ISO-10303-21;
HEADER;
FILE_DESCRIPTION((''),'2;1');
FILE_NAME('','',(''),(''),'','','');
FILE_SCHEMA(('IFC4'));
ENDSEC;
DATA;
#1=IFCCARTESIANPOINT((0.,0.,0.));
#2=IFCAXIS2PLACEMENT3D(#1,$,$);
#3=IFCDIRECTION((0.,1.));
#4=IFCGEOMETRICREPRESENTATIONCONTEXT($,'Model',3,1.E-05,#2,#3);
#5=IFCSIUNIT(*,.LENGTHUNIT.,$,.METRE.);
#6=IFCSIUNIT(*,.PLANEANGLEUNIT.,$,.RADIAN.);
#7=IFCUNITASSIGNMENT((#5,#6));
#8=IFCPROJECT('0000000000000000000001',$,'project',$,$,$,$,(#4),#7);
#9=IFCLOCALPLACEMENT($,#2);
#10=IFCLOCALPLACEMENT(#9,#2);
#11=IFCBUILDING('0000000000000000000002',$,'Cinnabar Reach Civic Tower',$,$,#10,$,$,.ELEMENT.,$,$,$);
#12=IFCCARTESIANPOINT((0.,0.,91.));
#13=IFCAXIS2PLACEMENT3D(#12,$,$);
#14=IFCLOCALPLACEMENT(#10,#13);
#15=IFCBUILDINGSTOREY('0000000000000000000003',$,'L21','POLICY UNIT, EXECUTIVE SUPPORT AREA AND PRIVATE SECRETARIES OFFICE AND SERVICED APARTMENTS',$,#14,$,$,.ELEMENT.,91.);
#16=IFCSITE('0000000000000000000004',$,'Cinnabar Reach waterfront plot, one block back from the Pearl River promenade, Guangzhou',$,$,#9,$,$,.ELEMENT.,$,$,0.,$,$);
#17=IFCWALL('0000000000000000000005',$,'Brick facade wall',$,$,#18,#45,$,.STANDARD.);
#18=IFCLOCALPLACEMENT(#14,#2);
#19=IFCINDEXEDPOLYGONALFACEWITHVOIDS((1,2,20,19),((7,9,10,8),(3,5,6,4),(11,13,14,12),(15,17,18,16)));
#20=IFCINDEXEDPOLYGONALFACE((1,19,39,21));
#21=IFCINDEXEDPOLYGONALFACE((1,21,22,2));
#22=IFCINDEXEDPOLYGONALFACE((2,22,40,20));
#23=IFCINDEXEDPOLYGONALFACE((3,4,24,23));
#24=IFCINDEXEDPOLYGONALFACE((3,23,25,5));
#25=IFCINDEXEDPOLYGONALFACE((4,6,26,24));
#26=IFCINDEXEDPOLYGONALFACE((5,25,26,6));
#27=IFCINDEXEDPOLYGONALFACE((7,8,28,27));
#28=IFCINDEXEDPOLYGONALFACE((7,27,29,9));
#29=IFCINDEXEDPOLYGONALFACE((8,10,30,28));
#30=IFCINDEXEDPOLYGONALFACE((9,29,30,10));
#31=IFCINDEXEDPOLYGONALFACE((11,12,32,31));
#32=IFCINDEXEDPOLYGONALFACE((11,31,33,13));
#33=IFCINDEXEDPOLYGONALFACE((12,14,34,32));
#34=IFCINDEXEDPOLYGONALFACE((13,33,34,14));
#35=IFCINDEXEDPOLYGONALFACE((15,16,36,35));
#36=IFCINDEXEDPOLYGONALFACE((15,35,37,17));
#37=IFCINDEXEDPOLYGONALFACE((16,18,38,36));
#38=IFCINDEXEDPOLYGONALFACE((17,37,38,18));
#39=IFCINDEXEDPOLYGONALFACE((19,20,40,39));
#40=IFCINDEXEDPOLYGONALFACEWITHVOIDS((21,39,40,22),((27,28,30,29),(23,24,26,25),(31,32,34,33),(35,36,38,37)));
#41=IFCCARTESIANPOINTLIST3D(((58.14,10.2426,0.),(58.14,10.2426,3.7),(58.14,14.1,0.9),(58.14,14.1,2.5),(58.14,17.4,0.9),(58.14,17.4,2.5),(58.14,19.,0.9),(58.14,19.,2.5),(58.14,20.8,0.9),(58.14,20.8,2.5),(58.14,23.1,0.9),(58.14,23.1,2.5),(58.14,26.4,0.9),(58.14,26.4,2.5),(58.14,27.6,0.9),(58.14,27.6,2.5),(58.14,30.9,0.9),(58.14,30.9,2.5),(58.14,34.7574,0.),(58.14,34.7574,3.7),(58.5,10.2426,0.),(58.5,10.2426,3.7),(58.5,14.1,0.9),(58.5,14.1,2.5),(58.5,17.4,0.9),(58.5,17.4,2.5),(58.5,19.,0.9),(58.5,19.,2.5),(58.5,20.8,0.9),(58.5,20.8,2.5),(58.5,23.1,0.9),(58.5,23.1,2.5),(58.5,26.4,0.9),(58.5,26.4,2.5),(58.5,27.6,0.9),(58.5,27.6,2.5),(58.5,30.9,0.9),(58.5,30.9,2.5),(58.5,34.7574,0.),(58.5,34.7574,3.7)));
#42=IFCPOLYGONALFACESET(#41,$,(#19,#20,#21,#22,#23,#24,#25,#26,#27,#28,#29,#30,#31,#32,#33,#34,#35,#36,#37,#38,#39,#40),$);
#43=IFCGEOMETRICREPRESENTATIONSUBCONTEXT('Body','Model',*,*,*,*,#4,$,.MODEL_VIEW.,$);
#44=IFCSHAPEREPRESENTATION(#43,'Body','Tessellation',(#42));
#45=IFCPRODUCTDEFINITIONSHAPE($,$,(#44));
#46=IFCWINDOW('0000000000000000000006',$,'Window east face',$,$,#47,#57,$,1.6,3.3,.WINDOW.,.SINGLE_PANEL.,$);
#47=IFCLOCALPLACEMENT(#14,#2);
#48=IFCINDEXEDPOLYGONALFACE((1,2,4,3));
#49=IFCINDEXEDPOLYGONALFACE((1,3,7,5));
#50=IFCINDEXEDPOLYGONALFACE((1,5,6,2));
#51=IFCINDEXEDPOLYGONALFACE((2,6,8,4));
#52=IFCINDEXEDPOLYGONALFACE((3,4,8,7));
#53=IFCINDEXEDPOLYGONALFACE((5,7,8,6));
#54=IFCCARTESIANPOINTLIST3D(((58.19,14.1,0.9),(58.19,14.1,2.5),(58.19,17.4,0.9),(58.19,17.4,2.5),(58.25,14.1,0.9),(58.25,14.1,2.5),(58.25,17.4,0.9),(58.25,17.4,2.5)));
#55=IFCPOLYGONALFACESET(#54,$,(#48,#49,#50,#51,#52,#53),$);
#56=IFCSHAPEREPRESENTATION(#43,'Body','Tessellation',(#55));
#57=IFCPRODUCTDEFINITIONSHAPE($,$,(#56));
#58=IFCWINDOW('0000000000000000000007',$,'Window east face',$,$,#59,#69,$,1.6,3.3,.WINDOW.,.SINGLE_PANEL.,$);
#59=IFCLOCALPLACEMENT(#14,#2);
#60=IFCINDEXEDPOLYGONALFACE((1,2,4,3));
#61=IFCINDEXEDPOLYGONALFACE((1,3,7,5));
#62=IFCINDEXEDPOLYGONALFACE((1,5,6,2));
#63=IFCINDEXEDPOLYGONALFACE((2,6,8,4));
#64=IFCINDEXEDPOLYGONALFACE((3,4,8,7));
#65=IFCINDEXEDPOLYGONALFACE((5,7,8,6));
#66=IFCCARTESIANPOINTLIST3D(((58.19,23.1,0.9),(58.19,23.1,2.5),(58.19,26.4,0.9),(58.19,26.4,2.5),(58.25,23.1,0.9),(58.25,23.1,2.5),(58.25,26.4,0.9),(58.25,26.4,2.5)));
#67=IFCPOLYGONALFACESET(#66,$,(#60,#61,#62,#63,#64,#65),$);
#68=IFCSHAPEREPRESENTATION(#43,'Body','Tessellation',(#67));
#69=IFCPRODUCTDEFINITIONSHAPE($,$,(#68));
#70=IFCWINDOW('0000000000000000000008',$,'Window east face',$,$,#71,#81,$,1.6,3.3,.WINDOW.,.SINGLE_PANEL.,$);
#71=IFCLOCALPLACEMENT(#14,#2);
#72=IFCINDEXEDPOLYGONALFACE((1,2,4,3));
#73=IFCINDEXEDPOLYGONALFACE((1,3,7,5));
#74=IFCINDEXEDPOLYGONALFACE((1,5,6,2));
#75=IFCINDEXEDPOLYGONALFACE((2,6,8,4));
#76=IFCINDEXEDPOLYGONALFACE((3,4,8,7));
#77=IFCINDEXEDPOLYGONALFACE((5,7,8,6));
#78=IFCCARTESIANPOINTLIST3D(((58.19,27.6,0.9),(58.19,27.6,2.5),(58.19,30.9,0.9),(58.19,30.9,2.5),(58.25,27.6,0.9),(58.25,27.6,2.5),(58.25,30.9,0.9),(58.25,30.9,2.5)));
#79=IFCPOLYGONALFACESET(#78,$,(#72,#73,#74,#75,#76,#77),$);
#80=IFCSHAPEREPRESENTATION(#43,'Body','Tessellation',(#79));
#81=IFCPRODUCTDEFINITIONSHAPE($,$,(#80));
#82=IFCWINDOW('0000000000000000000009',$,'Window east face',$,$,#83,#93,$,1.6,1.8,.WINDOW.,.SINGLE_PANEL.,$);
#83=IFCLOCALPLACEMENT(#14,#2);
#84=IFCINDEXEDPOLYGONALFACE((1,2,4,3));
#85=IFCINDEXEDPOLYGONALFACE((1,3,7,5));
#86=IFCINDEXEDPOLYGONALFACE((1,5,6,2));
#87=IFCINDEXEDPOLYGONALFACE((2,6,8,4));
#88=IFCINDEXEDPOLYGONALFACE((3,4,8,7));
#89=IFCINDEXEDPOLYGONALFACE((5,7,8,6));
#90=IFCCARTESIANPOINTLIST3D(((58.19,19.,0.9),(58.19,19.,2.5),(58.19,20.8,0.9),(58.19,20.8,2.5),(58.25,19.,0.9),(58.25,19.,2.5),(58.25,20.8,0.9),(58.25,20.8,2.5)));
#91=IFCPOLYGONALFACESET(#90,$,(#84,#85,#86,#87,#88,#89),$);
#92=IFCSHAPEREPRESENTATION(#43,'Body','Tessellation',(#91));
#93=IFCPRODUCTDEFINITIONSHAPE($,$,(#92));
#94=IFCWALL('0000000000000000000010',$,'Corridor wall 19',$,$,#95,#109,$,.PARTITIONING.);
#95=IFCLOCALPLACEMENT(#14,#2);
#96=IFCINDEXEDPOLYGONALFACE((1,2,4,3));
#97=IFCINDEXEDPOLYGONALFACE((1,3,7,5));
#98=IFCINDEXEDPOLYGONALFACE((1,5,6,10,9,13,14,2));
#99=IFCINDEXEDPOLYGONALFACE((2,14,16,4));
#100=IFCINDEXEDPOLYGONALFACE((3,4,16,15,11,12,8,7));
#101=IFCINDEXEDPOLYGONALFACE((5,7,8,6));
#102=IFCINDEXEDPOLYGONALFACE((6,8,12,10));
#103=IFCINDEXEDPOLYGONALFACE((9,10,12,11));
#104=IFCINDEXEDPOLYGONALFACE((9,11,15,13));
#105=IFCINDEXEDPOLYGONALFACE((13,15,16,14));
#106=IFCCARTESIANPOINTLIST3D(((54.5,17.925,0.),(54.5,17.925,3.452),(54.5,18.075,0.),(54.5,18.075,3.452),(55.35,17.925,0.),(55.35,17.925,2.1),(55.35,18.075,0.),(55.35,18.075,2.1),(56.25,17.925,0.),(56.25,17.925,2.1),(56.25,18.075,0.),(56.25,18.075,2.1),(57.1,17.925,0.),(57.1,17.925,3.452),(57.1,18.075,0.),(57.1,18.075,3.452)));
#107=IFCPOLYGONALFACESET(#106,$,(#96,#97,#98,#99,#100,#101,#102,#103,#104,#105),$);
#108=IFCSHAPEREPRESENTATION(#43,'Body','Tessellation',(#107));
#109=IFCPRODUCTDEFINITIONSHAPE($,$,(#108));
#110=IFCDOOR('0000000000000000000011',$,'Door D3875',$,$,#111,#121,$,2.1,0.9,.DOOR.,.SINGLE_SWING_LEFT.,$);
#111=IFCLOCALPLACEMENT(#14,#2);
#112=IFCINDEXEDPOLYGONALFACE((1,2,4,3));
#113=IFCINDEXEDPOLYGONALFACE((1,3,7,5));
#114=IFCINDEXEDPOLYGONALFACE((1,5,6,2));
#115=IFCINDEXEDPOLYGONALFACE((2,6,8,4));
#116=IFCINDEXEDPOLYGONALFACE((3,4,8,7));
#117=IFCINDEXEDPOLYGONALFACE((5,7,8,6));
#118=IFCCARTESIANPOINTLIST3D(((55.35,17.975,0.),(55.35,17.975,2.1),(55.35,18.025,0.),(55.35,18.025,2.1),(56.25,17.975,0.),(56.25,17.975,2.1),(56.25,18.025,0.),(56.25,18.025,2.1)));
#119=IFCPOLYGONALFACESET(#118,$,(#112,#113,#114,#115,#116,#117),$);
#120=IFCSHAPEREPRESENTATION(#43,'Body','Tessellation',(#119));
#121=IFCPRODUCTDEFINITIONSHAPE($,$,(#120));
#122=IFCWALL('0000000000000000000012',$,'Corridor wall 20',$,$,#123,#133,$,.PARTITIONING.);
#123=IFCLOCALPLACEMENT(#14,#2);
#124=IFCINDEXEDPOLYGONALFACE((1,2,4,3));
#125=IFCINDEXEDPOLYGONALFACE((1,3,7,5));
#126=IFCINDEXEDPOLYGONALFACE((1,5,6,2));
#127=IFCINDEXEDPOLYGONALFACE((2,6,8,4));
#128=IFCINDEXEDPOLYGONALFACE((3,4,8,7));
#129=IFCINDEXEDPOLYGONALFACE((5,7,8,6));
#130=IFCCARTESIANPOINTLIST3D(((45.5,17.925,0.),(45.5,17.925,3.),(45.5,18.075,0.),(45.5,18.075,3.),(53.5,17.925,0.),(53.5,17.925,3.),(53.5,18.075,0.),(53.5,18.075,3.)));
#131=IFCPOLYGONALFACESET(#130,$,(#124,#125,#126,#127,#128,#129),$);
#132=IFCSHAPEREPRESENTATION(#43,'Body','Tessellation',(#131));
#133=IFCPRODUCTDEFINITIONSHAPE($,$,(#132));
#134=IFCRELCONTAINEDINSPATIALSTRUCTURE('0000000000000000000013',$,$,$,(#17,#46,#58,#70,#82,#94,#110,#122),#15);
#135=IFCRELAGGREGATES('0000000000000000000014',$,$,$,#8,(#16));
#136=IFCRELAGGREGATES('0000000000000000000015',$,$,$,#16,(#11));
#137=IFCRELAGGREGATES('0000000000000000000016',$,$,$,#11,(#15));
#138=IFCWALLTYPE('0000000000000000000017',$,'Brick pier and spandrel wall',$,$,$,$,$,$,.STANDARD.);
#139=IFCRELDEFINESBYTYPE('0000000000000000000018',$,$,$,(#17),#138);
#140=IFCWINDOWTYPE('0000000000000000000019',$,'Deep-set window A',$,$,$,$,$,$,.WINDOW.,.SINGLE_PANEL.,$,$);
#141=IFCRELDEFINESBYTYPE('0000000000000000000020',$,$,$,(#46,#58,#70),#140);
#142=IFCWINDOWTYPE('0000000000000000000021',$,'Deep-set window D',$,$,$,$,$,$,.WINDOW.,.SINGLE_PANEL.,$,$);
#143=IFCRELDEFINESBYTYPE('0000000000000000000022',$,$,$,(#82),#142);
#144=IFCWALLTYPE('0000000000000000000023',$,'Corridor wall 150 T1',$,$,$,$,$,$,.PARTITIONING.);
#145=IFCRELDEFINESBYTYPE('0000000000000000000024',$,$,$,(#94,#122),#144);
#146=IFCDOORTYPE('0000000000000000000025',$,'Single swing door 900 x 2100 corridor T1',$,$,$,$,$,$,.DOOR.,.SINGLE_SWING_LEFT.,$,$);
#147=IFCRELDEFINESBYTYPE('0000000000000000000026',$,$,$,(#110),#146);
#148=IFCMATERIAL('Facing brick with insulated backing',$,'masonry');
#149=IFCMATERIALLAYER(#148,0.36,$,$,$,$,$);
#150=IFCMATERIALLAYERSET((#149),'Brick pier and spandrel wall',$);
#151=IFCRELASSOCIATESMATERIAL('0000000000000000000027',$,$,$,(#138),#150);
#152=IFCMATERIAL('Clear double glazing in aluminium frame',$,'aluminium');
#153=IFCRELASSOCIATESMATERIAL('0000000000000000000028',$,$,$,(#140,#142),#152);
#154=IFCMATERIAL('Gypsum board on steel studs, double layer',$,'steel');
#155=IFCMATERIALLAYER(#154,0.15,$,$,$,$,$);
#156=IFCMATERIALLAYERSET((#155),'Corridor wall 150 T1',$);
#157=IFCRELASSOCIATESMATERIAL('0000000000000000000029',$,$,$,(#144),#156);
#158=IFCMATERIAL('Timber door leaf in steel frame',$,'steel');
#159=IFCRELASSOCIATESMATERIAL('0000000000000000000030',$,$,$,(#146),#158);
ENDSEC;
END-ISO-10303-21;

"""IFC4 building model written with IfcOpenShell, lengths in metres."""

from ifc_helpers import new_model, si_unit, direction, frame, frame_2d, origin, place, context, subcontext, project, spatial, rectangle, extrude, material, layer, layer_set, type_object, element, fill, save


model = new_model("IFC4")

# Units and contexts
model_context = context("Model", 3, precision=1e-05, world=origin(), true_north=direction((0.0, 1.0)))
body_context = subcontext(model_context, "Body", "Model", "MODEL_VIEW")
ifc_project = project(units=[si_unit("LENGTHUNIT", "METRE"), si_unit("PLANEANGLEUNIT", "RADIAN")], contexts=[model_context])

# Site, building, storey
site_placement = place(None, origin())
site = spatial("IfcSite", under=ifc_project, at=site_placement, Name="Cinnabar Reach waterfront plot, one block back from the Pearl River promenade, Guangzhou", CompositionType="ELEMENT", RefElevation=0.0)
building_placement = place(site_placement, origin())
building = spatial("IfcBuilding", under=site, at=building_placement, Name="Cinnabar Reach Civic Tower", CompositionType="ELEMENT")
storey_placement = place(building_placement, frame((0.0, 0.0, 91.0)))
storey = spatial("IfcBuildingStorey", under=building, at=storey_placement, Name="L21", Description="POLICY UNIT, EXECUTIVE SUPPORT AREA AND PRIVATE SECRETARIES OFFICE AND SERVICED APARTMENTS", CompositionType="ELEMENT", Elevation=91.0)

# Shared definitions
ifc_material_1 = material(Name="Facing brick with insulated backing", Category="masonry")

# Wall, openings, windows
ifc_layer_1 = layer(ifc_material_1, 0.36)
ifc_layer_set_1 = layer_set([ifc_layer_1], Name="Brick pier and spandrel wall")
wall_type_1 = type_object("IfcWallType", Name="Brick pier and spandrel wall", PredefinedType="STANDARD", material=ifc_layer_set_1)
wall_1_placement = place(storey_placement, frame((58.32, 10.2426, 0.0), z_axis=(0.0, 0.0, 1.0), x_axis=(0.0, 1.0, 0.0)))
wall_1 = element("IfcWall", 1, at=wall_1_placement, inside=storey, type_object=wall_type_1, Name="Brick facade wall", PredefinedType="STANDARD", context=body_context, shape_type="SweptSolid", body=[
    extrude(rectangle(XDim=24.5148, YDim=0.36, at=frame_2d((12.2574, 0.0))), origin(), (0.0, 0.0, 1.0), 3.7),
])
opening_1_placement = place(wall_1_placement, frame((3.8574, 0.0, 0.9)))
opening_1 = element("IfcOpeningElement", 2, at=opening_1_placement, cuts=wall_1, PredefinedType="OPENING", context=body_context, shape_type="SweptSolid", body=[
    extrude(rectangle(XDim=3.3, YDim=1.6, at=frame_2d((1.65, 0.8))), frame((0.0, 0.19, 0.0), z_axis=(0.0, -1.0, 0.0), x_axis=(1.0, 0.0, 0.0)), (0.0, 0.0, 1.0), 0.38),
])
opening_2_placement = place(wall_1_placement, frame((8.7574, 0.0, 0.9)))
opening_2 = element("IfcOpeningElement", 3, at=opening_2_placement, cuts=wall_1, PredefinedType="OPENING", context=body_context, shape_type="SweptSolid", body=[
    extrude(rectangle(XDim=1.8, YDim=1.6, at=frame_2d((0.9, 0.8))), frame((0.0, 0.19, 0.0), z_axis=(0.0, -1.0, 0.0), x_axis=(1.0, 0.0, 0.0)), (0.0, 0.0, 1.0), 0.38),
])
opening_3_placement = place(wall_1_placement, frame((12.8574, 0.0, 0.9)))
opening_3 = element("IfcOpeningElement", 4, at=opening_3_placement, cuts=wall_1, PredefinedType="OPENING", context=body_context, shape_type="SweptSolid", body=[
    extrude(rectangle(XDim=3.3, YDim=1.6, at=frame_2d((1.65, 0.8))), frame((0.0, 0.19, 0.0), z_axis=(0.0, -1.0, 0.0), x_axis=(1.0, 0.0, 0.0)), (0.0, 0.0, 1.0), 0.38),
])
opening_4_placement = place(wall_1_placement, frame((17.3574, 0.0, 0.9)))
opening_4 = element("IfcOpeningElement", 5, at=opening_4_placement, cuts=wall_1, PredefinedType="OPENING", context=body_context, shape_type="SweptSolid", body=[
    extrude(rectangle(XDim=3.3, YDim=1.6, at=frame_2d((1.65, 0.8))), frame((0.0, 0.19, 0.0), z_axis=(0.0, -1.0, 0.0), x_axis=(1.0, 0.0, 0.0)), (0.0, 0.0, 1.0), 0.38),
])
ifc_material_2 = material(Name="Clear double glazing in aluminium frame", Category="aluminium")
window_type_1 = type_object("IfcWindowType", Name="Deep-set window A", PartitioningType="SINGLE_PANEL", PredefinedType="WINDOW", material=ifc_material_2)
window_1_placement = place(opening_1_placement, origin())
window_1 = element("IfcWindow", 6, at=window_1_placement, inside=storey, type_object=window_type_1, Name="Window east face", OverallHeight=1.6, OverallWidth=3.3, PartitioningType="SINGLE_PANEL", PredefinedType="WINDOW", context=body_context, shape_type="SweptSolid", body=[
    extrude(rectangle(XDim=3.3, YDim=1.6, at=frame_2d((1.65, 0.8))), frame((0.0, 0.13, 0.0), z_axis=(0.0, -1.0, 0.0), x_axis=(1.0, 0.0, 0.0)), (0.0, 0.0, 1.0), 0.06),
])
fill(opening_1, window_1)
window_2_placement = place(opening_3_placement, origin())
window_2 = element("IfcWindow", 7, at=window_2_placement, inside=storey, type_object=window_type_1, Name="Window east face", OverallHeight=1.6, OverallWidth=3.3, PartitioningType="SINGLE_PANEL", PredefinedType="WINDOW", context=body_context, shape_type="SweptSolid", body=[
    extrude(rectangle(XDim=3.3, YDim=1.6, at=frame_2d((1.65, 0.8))), frame((0.0, 0.13, 0.0), z_axis=(0.0, -1.0, 0.0), x_axis=(1.0, 0.0, 0.0)), (0.0, 0.0, 1.0), 0.06),
])
fill(opening_3, window_2)
window_3_placement = place(opening_4_placement, origin())
window_3 = element("IfcWindow", 8, at=window_3_placement, inside=storey, type_object=window_type_1, Name="Window east face", OverallHeight=1.6, OverallWidth=3.3, PartitioningType="SINGLE_PANEL", PredefinedType="WINDOW", context=body_context, shape_type="SweptSolid", body=[
    extrude(rectangle(XDim=3.3, YDim=1.6, at=frame_2d((1.65, 0.8))), frame((0.0, 0.13, 0.0), z_axis=(0.0, -1.0, 0.0), x_axis=(1.0, 0.0, 0.0)), (0.0, 0.0, 1.0), 0.06),
])
fill(opening_4, window_3)
window_type_2 = type_object("IfcWindowType", Name="Deep-set window D", PartitioningType="SINGLE_PANEL", PredefinedType="WINDOW", material=ifc_material_2)
window_4_placement = place(opening_2_placement, origin())
window_4 = element("IfcWindow", 9, at=window_4_placement, inside=storey, type_object=window_type_2, Name="Window east face", OverallHeight=1.6, OverallWidth=1.8, PartitioningType="SINGLE_PANEL", PredefinedType="WINDOW", context=body_context, shape_type="SweptSolid", body=[
    extrude(rectangle(XDim=1.8, YDim=1.6, at=frame_2d((0.9, 0.8))), frame((0.0, 0.13, 0.0), z_axis=(0.0, -1.0, 0.0), x_axis=(1.0, 0.0, 0.0)), (0.0, 0.0, 1.0), 0.06),
])
fill(opening_2, window_4)

# Wall, opening, door
ifc_material_3 = material(Name="Gypsum board on steel studs, double layer", Category="steel")
ifc_layer_2 = layer(ifc_material_3, 0.15)
ifc_layer_set_2 = layer_set([ifc_layer_2], Name="Corridor wall 150 T1")
wall_type_2 = type_object("IfcWallType", Name="Corridor wall 150 T1", PredefinedType="PARTITIONING", material=ifc_layer_set_2)
wall_2_placement = place(storey_placement, frame((54.5, 18.0, 0.0), z_axis=(0.0, 0.0, 1.0), x_axis=(1.0, 0.0, 0.0)))
wall_2 = element("IfcWall", 10, at=wall_2_placement, inside=storey, type_object=wall_type_2, Name="Corridor wall 19", PredefinedType="PARTITIONING", context=body_context, shape_type="SweptSolid", body=[
    extrude(rectangle(XDim=2.6, YDim=0.15, at=frame_2d((1.3, 0.0))), origin(), (0.0, 0.0, 1.0), 3.452),
])
opening_5_placement = place(wall_2_placement, frame((0.85, 0.0, 0.0)))
opening_5 = element("IfcOpeningElement", 11, at=opening_5_placement, cuts=wall_2, PredefinedType="OPENING", context=body_context, shape_type="SweptSolid", body=[
    extrude(rectangle(XDim=0.9, YDim=2.1, at=frame_2d((0.45, 1.05))), frame((0.0, 0.085, 0.0), z_axis=(0.0, -1.0, 0.0), x_axis=(1.0, 0.0, 0.0)), (0.0, 0.0, 1.0), 0.17),
])
ifc_material_4 = material(Name="Timber door leaf in steel frame", Category="steel")
door_type = type_object("IfcDoorType", Name="Single swing door 900 x 2100 corridor T1", OperationType="SINGLE_SWING_LEFT", PredefinedType="DOOR", material=ifc_material_4)
door_placement = place(opening_5_placement, frame((0.9, 0.0, 0.0), z_axis=(0.0, 0.0, 1.0), x_axis=(-1.0, 0.0, 0.0)))
door = element("IfcDoor", 12, at=door_placement, inside=storey, type_object=door_type, Name="Door D3875", OperationType="SINGLE_SWING_LEFT", OverallHeight=2.1, OverallWidth=0.9, PredefinedType="DOOR", context=body_context, shape_type="SweptSolid", body=[
    extrude(rectangle(XDim=0.9, YDim=2.1, at=frame_2d((0.45, 1.05))), frame((0.0, 0.025, 0.0), z_axis=(0.0, -1.0, 0.0), x_axis=(1.0, 0.0, 0.0)), (0.0, 0.0, 1.0), 0.05),
])
fill(opening_5, door)

# Wall
wall_3_placement = place(storey_placement, frame((45.5, 18.0, 0.0), z_axis=(0.0, 0.0, 1.0), x_axis=(1.0, 0.0, 0.0)))
element("IfcWall", 13, at=wall_3_placement, inside=storey, type_object=wall_type_2, Name="Corridor wall 20", PredefinedType="PARTITIONING", context=body_context, shape_type="SweptSolid", body=[
    extrude(rectangle(XDim=8.0, YDim=0.15, at=frame_2d((4.0, 0.0))), origin(), (0.0, 0.0, 1.0), 3.0),
])

save(model, "model.ifc")
